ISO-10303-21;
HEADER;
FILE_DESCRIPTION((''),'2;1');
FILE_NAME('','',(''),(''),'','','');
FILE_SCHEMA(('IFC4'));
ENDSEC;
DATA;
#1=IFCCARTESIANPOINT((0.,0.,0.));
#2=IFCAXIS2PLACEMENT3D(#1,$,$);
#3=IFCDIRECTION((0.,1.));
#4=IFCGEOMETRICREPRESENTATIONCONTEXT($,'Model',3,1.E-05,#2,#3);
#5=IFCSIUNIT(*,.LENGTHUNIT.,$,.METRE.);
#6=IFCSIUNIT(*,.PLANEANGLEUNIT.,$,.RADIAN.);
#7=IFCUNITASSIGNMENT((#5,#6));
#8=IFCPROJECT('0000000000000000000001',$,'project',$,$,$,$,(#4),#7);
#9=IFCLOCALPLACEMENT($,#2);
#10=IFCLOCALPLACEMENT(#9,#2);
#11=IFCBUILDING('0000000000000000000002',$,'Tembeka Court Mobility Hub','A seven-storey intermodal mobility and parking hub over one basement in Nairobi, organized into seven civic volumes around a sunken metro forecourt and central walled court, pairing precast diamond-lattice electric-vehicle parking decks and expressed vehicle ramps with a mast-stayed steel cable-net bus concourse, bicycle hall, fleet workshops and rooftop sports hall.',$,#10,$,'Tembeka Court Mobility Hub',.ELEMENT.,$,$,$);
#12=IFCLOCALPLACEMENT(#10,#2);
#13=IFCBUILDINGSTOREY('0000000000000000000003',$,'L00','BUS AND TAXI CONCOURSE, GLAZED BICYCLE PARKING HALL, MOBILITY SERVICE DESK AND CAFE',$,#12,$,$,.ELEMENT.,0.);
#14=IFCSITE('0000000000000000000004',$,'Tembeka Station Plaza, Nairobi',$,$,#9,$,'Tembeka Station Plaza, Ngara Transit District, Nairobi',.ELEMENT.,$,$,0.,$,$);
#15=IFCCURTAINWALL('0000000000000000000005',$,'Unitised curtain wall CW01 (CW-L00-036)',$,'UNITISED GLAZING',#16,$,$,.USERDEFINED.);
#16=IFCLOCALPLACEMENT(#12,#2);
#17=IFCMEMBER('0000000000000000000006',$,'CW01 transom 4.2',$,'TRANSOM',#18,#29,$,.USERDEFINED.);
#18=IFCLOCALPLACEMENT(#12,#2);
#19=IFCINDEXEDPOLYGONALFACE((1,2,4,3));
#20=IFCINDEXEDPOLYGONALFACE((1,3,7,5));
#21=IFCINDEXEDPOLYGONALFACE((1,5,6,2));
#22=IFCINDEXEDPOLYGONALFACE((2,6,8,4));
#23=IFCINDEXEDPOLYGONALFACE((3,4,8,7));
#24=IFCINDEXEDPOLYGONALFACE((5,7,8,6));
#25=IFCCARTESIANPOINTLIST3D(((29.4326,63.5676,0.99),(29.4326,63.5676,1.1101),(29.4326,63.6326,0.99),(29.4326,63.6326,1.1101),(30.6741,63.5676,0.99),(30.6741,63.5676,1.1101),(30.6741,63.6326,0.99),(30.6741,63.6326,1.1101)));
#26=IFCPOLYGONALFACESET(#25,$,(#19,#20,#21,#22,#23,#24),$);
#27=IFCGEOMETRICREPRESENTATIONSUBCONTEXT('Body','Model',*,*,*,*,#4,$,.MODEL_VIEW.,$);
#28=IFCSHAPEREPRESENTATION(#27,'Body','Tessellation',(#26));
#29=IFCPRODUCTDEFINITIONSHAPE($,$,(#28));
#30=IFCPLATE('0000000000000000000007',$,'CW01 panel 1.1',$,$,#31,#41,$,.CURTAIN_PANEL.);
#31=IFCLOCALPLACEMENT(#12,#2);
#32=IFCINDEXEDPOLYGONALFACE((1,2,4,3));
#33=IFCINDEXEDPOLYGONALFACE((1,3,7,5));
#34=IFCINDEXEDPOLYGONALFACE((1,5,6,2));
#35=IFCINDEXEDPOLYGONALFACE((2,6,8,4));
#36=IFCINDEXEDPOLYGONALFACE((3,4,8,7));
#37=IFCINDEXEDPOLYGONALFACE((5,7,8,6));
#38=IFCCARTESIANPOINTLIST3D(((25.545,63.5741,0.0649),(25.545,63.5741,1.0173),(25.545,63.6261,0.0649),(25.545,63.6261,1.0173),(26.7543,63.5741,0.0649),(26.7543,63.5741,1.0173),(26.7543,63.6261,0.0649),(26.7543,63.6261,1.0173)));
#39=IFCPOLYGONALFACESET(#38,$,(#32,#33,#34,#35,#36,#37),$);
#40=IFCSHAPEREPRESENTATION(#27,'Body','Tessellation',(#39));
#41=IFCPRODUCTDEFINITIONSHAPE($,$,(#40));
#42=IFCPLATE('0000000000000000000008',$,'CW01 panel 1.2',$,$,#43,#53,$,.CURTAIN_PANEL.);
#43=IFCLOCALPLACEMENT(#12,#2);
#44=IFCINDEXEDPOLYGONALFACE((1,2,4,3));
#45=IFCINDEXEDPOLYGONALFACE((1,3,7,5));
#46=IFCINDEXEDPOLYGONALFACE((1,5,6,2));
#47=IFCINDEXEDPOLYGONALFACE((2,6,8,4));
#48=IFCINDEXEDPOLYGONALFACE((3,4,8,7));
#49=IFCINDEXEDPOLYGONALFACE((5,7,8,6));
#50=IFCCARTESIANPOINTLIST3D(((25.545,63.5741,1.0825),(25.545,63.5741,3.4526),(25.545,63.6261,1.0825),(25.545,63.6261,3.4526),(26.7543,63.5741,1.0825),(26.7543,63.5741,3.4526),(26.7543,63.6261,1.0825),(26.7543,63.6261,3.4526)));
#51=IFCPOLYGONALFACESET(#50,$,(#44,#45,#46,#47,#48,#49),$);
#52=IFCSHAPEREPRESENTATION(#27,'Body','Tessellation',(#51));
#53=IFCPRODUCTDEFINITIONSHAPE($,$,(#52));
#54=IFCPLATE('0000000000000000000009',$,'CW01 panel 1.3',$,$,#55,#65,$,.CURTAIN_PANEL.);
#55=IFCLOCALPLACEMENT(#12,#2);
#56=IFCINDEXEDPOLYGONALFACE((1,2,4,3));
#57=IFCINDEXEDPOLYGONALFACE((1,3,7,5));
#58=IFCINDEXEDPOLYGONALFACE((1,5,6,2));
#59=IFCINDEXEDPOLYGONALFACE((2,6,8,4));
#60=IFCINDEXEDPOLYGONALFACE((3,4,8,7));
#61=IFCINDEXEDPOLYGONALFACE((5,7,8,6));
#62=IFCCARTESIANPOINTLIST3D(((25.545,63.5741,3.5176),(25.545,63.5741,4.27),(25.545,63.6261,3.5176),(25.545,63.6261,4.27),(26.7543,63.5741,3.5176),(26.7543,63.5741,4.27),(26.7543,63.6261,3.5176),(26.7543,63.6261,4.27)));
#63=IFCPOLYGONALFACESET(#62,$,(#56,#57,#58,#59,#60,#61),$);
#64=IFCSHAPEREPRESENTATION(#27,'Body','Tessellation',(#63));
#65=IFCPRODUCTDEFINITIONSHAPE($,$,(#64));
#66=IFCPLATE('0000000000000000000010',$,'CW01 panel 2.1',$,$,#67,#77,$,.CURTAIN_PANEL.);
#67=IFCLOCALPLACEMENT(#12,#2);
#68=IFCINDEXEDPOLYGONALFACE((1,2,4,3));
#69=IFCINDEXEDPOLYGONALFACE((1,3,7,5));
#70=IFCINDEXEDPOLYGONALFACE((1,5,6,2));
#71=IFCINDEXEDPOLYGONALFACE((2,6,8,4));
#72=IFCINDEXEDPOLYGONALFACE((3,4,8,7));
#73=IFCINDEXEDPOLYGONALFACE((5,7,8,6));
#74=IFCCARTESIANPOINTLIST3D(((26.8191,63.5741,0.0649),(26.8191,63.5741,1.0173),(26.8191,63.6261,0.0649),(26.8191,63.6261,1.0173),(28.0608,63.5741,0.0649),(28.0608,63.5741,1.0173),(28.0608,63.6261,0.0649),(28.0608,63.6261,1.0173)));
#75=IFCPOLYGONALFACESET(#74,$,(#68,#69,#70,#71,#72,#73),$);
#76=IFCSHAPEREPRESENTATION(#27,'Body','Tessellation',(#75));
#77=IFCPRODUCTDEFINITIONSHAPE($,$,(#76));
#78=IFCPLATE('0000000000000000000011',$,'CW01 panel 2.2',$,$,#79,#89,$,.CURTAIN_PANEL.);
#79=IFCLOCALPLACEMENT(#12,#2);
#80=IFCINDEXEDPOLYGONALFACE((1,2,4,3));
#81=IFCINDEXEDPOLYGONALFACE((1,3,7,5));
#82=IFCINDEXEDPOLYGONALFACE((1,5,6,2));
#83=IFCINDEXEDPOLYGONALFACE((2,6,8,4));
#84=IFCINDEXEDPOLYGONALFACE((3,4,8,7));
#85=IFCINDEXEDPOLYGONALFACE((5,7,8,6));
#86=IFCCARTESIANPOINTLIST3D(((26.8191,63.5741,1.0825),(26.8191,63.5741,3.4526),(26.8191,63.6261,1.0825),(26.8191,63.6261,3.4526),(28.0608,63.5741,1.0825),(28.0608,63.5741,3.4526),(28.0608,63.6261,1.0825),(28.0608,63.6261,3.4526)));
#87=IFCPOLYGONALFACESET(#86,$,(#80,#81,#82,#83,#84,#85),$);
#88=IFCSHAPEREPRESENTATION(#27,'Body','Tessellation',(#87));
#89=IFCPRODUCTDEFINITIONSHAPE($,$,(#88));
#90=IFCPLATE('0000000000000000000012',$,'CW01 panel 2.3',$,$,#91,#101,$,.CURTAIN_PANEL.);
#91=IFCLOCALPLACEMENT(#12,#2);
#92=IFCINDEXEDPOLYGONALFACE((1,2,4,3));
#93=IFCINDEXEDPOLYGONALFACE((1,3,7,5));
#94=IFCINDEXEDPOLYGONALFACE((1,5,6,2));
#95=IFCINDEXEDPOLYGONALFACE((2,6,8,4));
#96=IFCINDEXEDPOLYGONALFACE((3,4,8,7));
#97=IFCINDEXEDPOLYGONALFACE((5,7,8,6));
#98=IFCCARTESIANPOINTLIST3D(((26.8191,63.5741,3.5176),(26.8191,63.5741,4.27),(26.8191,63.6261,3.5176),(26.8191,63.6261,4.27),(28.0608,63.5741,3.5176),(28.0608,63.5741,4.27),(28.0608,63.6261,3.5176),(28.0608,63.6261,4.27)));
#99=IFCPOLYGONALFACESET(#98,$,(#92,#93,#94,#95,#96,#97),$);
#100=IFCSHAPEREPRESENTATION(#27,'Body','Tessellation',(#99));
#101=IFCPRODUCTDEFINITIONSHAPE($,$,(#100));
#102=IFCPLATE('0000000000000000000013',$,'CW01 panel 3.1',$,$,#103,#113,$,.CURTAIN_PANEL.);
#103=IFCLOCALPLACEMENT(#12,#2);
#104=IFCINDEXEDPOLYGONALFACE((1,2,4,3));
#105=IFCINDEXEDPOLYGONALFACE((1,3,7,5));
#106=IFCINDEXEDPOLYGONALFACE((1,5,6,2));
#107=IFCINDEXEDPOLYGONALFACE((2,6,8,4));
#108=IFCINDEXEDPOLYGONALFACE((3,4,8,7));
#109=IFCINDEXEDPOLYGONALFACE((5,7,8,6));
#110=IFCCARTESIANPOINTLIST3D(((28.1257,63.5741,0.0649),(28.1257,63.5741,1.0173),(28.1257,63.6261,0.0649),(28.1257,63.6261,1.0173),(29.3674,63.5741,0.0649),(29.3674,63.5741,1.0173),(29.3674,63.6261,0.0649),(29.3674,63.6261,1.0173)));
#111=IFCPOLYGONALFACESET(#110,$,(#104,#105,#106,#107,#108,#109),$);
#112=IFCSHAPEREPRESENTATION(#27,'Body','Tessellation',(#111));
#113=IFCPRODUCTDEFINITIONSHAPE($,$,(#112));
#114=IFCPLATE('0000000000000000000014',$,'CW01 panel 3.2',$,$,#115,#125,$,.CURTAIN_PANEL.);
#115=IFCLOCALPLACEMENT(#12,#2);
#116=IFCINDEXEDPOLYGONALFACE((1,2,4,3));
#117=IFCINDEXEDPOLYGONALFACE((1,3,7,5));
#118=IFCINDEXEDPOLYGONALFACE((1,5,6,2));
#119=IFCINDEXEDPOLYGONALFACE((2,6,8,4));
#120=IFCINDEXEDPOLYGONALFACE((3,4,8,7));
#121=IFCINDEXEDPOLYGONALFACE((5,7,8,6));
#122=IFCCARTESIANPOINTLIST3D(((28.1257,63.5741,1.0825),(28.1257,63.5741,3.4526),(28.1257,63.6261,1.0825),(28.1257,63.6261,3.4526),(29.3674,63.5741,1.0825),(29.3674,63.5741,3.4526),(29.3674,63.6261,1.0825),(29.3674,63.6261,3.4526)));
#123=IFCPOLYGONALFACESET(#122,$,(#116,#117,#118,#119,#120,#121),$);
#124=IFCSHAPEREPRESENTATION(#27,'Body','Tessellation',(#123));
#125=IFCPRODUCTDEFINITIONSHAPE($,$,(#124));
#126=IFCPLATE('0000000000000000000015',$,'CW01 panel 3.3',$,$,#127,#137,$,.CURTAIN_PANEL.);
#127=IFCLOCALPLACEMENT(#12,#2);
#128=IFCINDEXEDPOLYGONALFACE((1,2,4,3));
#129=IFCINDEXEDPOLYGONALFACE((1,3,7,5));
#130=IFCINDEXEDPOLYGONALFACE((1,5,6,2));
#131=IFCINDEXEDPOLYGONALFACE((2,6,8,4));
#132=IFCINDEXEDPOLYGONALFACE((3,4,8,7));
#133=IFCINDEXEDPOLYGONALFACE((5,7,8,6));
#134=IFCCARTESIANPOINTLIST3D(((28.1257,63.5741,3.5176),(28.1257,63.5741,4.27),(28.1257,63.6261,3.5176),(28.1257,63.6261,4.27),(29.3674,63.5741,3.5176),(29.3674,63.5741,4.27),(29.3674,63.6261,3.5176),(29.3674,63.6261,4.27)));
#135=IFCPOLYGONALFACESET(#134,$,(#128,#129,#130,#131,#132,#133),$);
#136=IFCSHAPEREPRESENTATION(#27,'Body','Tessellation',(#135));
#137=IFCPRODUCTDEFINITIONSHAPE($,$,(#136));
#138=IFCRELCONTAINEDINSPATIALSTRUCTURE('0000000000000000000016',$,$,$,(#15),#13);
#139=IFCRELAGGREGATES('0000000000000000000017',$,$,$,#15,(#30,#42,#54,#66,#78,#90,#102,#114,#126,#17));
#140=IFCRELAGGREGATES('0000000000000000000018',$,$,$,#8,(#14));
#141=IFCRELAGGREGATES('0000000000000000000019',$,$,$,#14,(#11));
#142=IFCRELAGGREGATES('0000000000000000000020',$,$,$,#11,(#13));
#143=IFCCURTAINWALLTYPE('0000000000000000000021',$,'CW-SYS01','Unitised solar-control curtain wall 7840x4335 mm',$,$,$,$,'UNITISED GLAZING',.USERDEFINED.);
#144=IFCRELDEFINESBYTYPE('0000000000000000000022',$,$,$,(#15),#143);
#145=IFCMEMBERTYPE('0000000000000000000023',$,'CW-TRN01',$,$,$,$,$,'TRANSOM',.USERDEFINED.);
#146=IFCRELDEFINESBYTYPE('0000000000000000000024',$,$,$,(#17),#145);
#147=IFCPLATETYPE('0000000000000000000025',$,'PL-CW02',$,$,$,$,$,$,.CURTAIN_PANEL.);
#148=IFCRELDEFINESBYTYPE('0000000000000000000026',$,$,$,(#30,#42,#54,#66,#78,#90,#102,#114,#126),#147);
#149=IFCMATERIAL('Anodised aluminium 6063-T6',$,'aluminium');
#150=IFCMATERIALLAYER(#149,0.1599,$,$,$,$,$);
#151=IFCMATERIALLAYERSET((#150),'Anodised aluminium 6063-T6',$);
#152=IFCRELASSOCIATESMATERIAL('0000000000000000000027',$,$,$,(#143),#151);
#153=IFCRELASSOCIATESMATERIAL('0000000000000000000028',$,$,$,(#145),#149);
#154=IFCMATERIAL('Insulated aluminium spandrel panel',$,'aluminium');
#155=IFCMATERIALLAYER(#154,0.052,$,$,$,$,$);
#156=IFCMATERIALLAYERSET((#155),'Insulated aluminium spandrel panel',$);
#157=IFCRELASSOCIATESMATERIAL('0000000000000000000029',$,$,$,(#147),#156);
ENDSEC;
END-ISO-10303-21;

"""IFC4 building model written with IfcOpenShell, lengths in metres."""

from ifc_helpers import new_model, si_unit, direction, frame, origin, origin_2d, place, context, subcontext, project, spatial, rectangle, extrude, material, layer, layer_set, material_profile, profile_set, type_object, element, aggregate, save


model = new_model("IFC4")

# Units and contexts
model_context = context("Model", 3, precision=1e-05, world=origin(), true_north=direction((0.0, 1.0)))
body_context = subcontext(model_context, "Body", "Model", "MODEL_VIEW")
ifc_project = project(units=[si_unit("LENGTHUNIT", "METRE"), si_unit("PLANEANGLEUNIT", "RADIAN")], contexts=[model_context])

# Site, building, storey
site_placement = place(None, origin())
site = spatial("IfcSite", under=ifc_project, at=site_placement, Name="Tembeka Station Plaza, Nairobi", LongName="Tembeka Station Plaza, Ngara Transit District, Nairobi", CompositionType="ELEMENT", RefElevation=0.0)
building_placement = place(site_placement, origin())
building = spatial("IfcBuilding", under=site, at=building_placement, Name="Tembeka Court Mobility Hub", Description="A seven-storey intermodal mobility and parking hub over one basement in Nairobi, organized into seven civic volumes around a sunken metro forecourt and central walled court, pairing precast diamond-lattice electric-vehicle parking decks and expressed vehicle ramps with a mast-stayed steel cable-net bus concourse, bicycle hall, fleet workshops and rooftop sports hall.", LongName="Tembeka Court Mobility Hub", CompositionType="ELEMENT")
storey_placement = place(building_placement, origin())
storey = spatial("IfcBuildingStorey", under=building, at=storey_placement, Name="L00", Description="BUS AND TAXI CONCOURSE, GLAZED BICYCLE PARKING HALL, MOBILITY SERVICE DESK AND CAFE", CompositionType="ELEMENT", Elevation=0.0)

# Curtain wall, member, plates
ifc_material_1 = material(Name="Anodised aluminium 6063-T6", Category="aluminium")
ifc_layer_1 = layer(ifc_material_1, 0.1599)
ifc_layer_set_1 = layer_set([ifc_layer_1], Name="Anodised aluminium 6063-T6")
curtain_wall_type = type_object("IfcCurtainWallType", Name="CW-SYS01", Description="Unitised solar-control curtain wall 7840x4335 mm", ElementType="UNITISED GLAZING", PredefinedType="USERDEFINED", material=ifc_layer_set_1)
curtain_wall_placement = place(storey_placement, origin())
curtain_wall = element("IfcCurtainWall", 1, at=curtain_wall_placement, inside=storey, type_object=curtain_wall_type, Name="Unitised curtain wall CW01 (CW-L00-036)", ObjectType="UNITISED GLAZING", PredefinedType="USERDEFINED")
ifc_material_profile_1 = material_profile(ifc_material_1, rectangle(XDim=0.0649, YDim=0.1201, at=origin_2d()), Name="ALU-TRN 65x120")
ifc_profile_set_1 = profile_set([ifc_material_profile_1], Name="Anodised aluminium 6063-T6")
member_type_1 = type_object("IfcMemberType", Name="CW-TRN01", ElementType="TRANSOM", PredefinedType="USERDEFINED", material=ifc_profile_set_1)
member_1_placement = place(storey_placement, frame((29.4326, 63.6001, 1.05), z_axis=(1.0, 0.0, 0.0), x_axis=(0.0, 1.0, 0.0)))
member_1 = element("IfcMember", 2, at=member_1_placement, type_object=member_type_1, Name="CW01 transom 4.2", ObjectType="TRANSOM", PredefinedType="USERDEFINED", context=body_context, shape_type="SweptSolid", body=[
    extrude(rectangle(XDim=0.0649, YDim=0.1201, at=origin_2d()), origin(), (0.0, 0.0, 1.0), 1.2415),
])
ifc_material_2 = material(Name="Insulated aluminium spandrel panel", Category="aluminium")
ifc_layer_2 = layer(ifc_material_2, 0.052)
ifc_layer_set_2 = layer_set([ifc_layer_2], Name="Insulated aluminium spandrel panel")
plate_type = type_object("IfcPlateType", Name="PL-CW02", PredefinedType="CURTAIN_PANEL", material=ifc_layer_set_2)
plate_1_placement = place(storey_placement, frame((26.1497, 63.6001, 0.0649), z_axis=(0.0, 0.0, 1.0), x_axis=(1.0, 0.0, 0.0)))
plate_1 = element("IfcPlate", 3, at=plate_1_placement, type_object=plate_type, Name="CW01 panel 1.1", PredefinedType="CURTAIN_PANEL", context=body_context, shape_type="SweptSolid", body=[
    extrude(rectangle(XDim=1.2092, YDim=0.052, at=origin_2d()), origin(), (0.0, 0.0, 1.0), 0.9524),
])
plate_2_placement = place(storey_placement, frame((26.1497, 63.6001, 1.0825), z_axis=(0.0, 0.0, 1.0), x_axis=(1.0, 0.0, 0.0)))
plate_2 = element("IfcPlate", 4, at=plate_2_placement, type_object=plate_type, Name="CW01 panel 1.2", PredefinedType="CURTAIN_PANEL", context=body_context, shape_type="SweptSolid", body=[
    extrude(rectangle(XDim=1.2092, YDim=0.052, at=origin_2d()), origin(), (0.0, 0.0, 1.0), 2.3701),
])
plate_3_placement = place(storey_placement, frame((26.1497, 63.6001, 3.5176), z_axis=(0.0, 0.0, 1.0), x_axis=(1.0, 0.0, 0.0)))
plate_3 = element("IfcPlate", 5, at=plate_3_placement, type_object=plate_type, Name="CW01 panel 1.3", PredefinedType="CURTAIN_PANEL", context=body_context, shape_type="SweptSolid", body=[
    extrude(rectangle(XDim=1.2092, YDim=0.052, at=origin_2d()), origin(), (0.0, 0.0, 1.0), 0.7524),
])
plate_4_placement = place(storey_placement, frame((27.4399, 63.6001, 0.0649), z_axis=(0.0, 0.0, 1.0), x_axis=(1.0, 0.0, 0.0)))
plate_4 = element("IfcPlate", 6, at=plate_4_placement, type_object=plate_type, Name="CW01 panel 2.1", PredefinedType="CURTAIN_PANEL", context=body_context, shape_type="SweptSolid", body=[
    extrude(rectangle(XDim=1.2417, YDim=0.052, at=origin_2d()), origin(), (0.0, 0.0, 1.0), 0.9524),
])
plate_5_placement = place(storey_placement, frame((27.4399, 63.6001, 1.0825), z_axis=(0.0, 0.0, 1.0), x_axis=(1.0, 0.0, 0.0)))
plate_5 = element("IfcPlate", 7, at=plate_5_placement, type_object=plate_type, Name="CW01 panel 2.2", PredefinedType="CURTAIN_PANEL", context=body_context, shape_type="SweptSolid", body=[
    extrude(rectangle(XDim=1.2417, YDim=0.052, at=origin_2d()), origin(), (0.0, 0.0, 1.0), 2.3701),
])
plate_6_placement = place(storey_placement, frame((27.4399, 63.6001, 3.5176), z_axis=(0.0, 0.0, 1.0), x_axis=(1.0, 0.0, 0.0)))
plate_6 = element("IfcPlate", 8, at=plate_6_placement, type_object=plate_type, Name="CW01 panel 2.3", PredefinedType="CURTAIN_PANEL", context=body_context, shape_type="SweptSolid", body=[
    extrude(rectangle(XDim=1.2417, YDim=0.052, at=origin_2d()), origin(), (0.0, 0.0, 1.0), 0.7524),
])
plate_7_placement = place(storey_placement, frame((28.7466, 63.6001, 0.0649), z_axis=(0.0, 0.0, 1.0), x_axis=(1.0, 0.0, 0.0)))
plate_7 = element("IfcPlate", 9, at=plate_7_placement, type_object=plate_type, Name="CW01 panel 3.1", PredefinedType="CURTAIN_PANEL", context=body_context, shape_type="SweptSolid", body=[
    extrude(rectangle(XDim=1.2417, YDim=0.052, at=origin_2d()), origin(), (0.0, 0.0, 1.0), 0.9524),
])
plate_8_placement = place(storey_placement, frame((28.7466, 63.6001, 1.0825), z_axis=(0.0, 0.0, 1.0), x_axis=(1.0, 0.0, 0.0)))
plate_8 = element("IfcPlate", 10, at=plate_8_placement, type_object=plate_type, Name="CW01 panel 3.2", PredefinedType="CURTAIN_PANEL", context=body_context, shape_type="SweptSolid", body=[
    extrude(rectangle(XDim=1.2417, YDim=0.052, at=origin_2d()), origin(), (0.0, 0.0, 1.0), 2.3701),
])
plate_9_placement = place(storey_placement, frame((28.7466, 63.6001, 3.5176), z_axis=(0.0, 0.0, 1.0), x_axis=(1.0, 0.0, 0.0)))
plate_9 = element("IfcPlate", 11, at=plate_9_placement, type_object=plate_type, Name="CW01 panel 3.3", PredefinedType="CURTAIN_PANEL", context=body_context, shape_type="SweptSolid", body=[
    extrude(rectangle(XDim=1.2417, YDim=0.052, at=origin_2d()), origin(), (0.0, 0.0, 1.0), 0.7524),
])
aggregate(curtain_wall, [plate_1, plate_2, plate_3, plate_4, plate_5, plate_6, plate_7, plate_8, plate_9, member_1])

save(model, "model.ifc")
